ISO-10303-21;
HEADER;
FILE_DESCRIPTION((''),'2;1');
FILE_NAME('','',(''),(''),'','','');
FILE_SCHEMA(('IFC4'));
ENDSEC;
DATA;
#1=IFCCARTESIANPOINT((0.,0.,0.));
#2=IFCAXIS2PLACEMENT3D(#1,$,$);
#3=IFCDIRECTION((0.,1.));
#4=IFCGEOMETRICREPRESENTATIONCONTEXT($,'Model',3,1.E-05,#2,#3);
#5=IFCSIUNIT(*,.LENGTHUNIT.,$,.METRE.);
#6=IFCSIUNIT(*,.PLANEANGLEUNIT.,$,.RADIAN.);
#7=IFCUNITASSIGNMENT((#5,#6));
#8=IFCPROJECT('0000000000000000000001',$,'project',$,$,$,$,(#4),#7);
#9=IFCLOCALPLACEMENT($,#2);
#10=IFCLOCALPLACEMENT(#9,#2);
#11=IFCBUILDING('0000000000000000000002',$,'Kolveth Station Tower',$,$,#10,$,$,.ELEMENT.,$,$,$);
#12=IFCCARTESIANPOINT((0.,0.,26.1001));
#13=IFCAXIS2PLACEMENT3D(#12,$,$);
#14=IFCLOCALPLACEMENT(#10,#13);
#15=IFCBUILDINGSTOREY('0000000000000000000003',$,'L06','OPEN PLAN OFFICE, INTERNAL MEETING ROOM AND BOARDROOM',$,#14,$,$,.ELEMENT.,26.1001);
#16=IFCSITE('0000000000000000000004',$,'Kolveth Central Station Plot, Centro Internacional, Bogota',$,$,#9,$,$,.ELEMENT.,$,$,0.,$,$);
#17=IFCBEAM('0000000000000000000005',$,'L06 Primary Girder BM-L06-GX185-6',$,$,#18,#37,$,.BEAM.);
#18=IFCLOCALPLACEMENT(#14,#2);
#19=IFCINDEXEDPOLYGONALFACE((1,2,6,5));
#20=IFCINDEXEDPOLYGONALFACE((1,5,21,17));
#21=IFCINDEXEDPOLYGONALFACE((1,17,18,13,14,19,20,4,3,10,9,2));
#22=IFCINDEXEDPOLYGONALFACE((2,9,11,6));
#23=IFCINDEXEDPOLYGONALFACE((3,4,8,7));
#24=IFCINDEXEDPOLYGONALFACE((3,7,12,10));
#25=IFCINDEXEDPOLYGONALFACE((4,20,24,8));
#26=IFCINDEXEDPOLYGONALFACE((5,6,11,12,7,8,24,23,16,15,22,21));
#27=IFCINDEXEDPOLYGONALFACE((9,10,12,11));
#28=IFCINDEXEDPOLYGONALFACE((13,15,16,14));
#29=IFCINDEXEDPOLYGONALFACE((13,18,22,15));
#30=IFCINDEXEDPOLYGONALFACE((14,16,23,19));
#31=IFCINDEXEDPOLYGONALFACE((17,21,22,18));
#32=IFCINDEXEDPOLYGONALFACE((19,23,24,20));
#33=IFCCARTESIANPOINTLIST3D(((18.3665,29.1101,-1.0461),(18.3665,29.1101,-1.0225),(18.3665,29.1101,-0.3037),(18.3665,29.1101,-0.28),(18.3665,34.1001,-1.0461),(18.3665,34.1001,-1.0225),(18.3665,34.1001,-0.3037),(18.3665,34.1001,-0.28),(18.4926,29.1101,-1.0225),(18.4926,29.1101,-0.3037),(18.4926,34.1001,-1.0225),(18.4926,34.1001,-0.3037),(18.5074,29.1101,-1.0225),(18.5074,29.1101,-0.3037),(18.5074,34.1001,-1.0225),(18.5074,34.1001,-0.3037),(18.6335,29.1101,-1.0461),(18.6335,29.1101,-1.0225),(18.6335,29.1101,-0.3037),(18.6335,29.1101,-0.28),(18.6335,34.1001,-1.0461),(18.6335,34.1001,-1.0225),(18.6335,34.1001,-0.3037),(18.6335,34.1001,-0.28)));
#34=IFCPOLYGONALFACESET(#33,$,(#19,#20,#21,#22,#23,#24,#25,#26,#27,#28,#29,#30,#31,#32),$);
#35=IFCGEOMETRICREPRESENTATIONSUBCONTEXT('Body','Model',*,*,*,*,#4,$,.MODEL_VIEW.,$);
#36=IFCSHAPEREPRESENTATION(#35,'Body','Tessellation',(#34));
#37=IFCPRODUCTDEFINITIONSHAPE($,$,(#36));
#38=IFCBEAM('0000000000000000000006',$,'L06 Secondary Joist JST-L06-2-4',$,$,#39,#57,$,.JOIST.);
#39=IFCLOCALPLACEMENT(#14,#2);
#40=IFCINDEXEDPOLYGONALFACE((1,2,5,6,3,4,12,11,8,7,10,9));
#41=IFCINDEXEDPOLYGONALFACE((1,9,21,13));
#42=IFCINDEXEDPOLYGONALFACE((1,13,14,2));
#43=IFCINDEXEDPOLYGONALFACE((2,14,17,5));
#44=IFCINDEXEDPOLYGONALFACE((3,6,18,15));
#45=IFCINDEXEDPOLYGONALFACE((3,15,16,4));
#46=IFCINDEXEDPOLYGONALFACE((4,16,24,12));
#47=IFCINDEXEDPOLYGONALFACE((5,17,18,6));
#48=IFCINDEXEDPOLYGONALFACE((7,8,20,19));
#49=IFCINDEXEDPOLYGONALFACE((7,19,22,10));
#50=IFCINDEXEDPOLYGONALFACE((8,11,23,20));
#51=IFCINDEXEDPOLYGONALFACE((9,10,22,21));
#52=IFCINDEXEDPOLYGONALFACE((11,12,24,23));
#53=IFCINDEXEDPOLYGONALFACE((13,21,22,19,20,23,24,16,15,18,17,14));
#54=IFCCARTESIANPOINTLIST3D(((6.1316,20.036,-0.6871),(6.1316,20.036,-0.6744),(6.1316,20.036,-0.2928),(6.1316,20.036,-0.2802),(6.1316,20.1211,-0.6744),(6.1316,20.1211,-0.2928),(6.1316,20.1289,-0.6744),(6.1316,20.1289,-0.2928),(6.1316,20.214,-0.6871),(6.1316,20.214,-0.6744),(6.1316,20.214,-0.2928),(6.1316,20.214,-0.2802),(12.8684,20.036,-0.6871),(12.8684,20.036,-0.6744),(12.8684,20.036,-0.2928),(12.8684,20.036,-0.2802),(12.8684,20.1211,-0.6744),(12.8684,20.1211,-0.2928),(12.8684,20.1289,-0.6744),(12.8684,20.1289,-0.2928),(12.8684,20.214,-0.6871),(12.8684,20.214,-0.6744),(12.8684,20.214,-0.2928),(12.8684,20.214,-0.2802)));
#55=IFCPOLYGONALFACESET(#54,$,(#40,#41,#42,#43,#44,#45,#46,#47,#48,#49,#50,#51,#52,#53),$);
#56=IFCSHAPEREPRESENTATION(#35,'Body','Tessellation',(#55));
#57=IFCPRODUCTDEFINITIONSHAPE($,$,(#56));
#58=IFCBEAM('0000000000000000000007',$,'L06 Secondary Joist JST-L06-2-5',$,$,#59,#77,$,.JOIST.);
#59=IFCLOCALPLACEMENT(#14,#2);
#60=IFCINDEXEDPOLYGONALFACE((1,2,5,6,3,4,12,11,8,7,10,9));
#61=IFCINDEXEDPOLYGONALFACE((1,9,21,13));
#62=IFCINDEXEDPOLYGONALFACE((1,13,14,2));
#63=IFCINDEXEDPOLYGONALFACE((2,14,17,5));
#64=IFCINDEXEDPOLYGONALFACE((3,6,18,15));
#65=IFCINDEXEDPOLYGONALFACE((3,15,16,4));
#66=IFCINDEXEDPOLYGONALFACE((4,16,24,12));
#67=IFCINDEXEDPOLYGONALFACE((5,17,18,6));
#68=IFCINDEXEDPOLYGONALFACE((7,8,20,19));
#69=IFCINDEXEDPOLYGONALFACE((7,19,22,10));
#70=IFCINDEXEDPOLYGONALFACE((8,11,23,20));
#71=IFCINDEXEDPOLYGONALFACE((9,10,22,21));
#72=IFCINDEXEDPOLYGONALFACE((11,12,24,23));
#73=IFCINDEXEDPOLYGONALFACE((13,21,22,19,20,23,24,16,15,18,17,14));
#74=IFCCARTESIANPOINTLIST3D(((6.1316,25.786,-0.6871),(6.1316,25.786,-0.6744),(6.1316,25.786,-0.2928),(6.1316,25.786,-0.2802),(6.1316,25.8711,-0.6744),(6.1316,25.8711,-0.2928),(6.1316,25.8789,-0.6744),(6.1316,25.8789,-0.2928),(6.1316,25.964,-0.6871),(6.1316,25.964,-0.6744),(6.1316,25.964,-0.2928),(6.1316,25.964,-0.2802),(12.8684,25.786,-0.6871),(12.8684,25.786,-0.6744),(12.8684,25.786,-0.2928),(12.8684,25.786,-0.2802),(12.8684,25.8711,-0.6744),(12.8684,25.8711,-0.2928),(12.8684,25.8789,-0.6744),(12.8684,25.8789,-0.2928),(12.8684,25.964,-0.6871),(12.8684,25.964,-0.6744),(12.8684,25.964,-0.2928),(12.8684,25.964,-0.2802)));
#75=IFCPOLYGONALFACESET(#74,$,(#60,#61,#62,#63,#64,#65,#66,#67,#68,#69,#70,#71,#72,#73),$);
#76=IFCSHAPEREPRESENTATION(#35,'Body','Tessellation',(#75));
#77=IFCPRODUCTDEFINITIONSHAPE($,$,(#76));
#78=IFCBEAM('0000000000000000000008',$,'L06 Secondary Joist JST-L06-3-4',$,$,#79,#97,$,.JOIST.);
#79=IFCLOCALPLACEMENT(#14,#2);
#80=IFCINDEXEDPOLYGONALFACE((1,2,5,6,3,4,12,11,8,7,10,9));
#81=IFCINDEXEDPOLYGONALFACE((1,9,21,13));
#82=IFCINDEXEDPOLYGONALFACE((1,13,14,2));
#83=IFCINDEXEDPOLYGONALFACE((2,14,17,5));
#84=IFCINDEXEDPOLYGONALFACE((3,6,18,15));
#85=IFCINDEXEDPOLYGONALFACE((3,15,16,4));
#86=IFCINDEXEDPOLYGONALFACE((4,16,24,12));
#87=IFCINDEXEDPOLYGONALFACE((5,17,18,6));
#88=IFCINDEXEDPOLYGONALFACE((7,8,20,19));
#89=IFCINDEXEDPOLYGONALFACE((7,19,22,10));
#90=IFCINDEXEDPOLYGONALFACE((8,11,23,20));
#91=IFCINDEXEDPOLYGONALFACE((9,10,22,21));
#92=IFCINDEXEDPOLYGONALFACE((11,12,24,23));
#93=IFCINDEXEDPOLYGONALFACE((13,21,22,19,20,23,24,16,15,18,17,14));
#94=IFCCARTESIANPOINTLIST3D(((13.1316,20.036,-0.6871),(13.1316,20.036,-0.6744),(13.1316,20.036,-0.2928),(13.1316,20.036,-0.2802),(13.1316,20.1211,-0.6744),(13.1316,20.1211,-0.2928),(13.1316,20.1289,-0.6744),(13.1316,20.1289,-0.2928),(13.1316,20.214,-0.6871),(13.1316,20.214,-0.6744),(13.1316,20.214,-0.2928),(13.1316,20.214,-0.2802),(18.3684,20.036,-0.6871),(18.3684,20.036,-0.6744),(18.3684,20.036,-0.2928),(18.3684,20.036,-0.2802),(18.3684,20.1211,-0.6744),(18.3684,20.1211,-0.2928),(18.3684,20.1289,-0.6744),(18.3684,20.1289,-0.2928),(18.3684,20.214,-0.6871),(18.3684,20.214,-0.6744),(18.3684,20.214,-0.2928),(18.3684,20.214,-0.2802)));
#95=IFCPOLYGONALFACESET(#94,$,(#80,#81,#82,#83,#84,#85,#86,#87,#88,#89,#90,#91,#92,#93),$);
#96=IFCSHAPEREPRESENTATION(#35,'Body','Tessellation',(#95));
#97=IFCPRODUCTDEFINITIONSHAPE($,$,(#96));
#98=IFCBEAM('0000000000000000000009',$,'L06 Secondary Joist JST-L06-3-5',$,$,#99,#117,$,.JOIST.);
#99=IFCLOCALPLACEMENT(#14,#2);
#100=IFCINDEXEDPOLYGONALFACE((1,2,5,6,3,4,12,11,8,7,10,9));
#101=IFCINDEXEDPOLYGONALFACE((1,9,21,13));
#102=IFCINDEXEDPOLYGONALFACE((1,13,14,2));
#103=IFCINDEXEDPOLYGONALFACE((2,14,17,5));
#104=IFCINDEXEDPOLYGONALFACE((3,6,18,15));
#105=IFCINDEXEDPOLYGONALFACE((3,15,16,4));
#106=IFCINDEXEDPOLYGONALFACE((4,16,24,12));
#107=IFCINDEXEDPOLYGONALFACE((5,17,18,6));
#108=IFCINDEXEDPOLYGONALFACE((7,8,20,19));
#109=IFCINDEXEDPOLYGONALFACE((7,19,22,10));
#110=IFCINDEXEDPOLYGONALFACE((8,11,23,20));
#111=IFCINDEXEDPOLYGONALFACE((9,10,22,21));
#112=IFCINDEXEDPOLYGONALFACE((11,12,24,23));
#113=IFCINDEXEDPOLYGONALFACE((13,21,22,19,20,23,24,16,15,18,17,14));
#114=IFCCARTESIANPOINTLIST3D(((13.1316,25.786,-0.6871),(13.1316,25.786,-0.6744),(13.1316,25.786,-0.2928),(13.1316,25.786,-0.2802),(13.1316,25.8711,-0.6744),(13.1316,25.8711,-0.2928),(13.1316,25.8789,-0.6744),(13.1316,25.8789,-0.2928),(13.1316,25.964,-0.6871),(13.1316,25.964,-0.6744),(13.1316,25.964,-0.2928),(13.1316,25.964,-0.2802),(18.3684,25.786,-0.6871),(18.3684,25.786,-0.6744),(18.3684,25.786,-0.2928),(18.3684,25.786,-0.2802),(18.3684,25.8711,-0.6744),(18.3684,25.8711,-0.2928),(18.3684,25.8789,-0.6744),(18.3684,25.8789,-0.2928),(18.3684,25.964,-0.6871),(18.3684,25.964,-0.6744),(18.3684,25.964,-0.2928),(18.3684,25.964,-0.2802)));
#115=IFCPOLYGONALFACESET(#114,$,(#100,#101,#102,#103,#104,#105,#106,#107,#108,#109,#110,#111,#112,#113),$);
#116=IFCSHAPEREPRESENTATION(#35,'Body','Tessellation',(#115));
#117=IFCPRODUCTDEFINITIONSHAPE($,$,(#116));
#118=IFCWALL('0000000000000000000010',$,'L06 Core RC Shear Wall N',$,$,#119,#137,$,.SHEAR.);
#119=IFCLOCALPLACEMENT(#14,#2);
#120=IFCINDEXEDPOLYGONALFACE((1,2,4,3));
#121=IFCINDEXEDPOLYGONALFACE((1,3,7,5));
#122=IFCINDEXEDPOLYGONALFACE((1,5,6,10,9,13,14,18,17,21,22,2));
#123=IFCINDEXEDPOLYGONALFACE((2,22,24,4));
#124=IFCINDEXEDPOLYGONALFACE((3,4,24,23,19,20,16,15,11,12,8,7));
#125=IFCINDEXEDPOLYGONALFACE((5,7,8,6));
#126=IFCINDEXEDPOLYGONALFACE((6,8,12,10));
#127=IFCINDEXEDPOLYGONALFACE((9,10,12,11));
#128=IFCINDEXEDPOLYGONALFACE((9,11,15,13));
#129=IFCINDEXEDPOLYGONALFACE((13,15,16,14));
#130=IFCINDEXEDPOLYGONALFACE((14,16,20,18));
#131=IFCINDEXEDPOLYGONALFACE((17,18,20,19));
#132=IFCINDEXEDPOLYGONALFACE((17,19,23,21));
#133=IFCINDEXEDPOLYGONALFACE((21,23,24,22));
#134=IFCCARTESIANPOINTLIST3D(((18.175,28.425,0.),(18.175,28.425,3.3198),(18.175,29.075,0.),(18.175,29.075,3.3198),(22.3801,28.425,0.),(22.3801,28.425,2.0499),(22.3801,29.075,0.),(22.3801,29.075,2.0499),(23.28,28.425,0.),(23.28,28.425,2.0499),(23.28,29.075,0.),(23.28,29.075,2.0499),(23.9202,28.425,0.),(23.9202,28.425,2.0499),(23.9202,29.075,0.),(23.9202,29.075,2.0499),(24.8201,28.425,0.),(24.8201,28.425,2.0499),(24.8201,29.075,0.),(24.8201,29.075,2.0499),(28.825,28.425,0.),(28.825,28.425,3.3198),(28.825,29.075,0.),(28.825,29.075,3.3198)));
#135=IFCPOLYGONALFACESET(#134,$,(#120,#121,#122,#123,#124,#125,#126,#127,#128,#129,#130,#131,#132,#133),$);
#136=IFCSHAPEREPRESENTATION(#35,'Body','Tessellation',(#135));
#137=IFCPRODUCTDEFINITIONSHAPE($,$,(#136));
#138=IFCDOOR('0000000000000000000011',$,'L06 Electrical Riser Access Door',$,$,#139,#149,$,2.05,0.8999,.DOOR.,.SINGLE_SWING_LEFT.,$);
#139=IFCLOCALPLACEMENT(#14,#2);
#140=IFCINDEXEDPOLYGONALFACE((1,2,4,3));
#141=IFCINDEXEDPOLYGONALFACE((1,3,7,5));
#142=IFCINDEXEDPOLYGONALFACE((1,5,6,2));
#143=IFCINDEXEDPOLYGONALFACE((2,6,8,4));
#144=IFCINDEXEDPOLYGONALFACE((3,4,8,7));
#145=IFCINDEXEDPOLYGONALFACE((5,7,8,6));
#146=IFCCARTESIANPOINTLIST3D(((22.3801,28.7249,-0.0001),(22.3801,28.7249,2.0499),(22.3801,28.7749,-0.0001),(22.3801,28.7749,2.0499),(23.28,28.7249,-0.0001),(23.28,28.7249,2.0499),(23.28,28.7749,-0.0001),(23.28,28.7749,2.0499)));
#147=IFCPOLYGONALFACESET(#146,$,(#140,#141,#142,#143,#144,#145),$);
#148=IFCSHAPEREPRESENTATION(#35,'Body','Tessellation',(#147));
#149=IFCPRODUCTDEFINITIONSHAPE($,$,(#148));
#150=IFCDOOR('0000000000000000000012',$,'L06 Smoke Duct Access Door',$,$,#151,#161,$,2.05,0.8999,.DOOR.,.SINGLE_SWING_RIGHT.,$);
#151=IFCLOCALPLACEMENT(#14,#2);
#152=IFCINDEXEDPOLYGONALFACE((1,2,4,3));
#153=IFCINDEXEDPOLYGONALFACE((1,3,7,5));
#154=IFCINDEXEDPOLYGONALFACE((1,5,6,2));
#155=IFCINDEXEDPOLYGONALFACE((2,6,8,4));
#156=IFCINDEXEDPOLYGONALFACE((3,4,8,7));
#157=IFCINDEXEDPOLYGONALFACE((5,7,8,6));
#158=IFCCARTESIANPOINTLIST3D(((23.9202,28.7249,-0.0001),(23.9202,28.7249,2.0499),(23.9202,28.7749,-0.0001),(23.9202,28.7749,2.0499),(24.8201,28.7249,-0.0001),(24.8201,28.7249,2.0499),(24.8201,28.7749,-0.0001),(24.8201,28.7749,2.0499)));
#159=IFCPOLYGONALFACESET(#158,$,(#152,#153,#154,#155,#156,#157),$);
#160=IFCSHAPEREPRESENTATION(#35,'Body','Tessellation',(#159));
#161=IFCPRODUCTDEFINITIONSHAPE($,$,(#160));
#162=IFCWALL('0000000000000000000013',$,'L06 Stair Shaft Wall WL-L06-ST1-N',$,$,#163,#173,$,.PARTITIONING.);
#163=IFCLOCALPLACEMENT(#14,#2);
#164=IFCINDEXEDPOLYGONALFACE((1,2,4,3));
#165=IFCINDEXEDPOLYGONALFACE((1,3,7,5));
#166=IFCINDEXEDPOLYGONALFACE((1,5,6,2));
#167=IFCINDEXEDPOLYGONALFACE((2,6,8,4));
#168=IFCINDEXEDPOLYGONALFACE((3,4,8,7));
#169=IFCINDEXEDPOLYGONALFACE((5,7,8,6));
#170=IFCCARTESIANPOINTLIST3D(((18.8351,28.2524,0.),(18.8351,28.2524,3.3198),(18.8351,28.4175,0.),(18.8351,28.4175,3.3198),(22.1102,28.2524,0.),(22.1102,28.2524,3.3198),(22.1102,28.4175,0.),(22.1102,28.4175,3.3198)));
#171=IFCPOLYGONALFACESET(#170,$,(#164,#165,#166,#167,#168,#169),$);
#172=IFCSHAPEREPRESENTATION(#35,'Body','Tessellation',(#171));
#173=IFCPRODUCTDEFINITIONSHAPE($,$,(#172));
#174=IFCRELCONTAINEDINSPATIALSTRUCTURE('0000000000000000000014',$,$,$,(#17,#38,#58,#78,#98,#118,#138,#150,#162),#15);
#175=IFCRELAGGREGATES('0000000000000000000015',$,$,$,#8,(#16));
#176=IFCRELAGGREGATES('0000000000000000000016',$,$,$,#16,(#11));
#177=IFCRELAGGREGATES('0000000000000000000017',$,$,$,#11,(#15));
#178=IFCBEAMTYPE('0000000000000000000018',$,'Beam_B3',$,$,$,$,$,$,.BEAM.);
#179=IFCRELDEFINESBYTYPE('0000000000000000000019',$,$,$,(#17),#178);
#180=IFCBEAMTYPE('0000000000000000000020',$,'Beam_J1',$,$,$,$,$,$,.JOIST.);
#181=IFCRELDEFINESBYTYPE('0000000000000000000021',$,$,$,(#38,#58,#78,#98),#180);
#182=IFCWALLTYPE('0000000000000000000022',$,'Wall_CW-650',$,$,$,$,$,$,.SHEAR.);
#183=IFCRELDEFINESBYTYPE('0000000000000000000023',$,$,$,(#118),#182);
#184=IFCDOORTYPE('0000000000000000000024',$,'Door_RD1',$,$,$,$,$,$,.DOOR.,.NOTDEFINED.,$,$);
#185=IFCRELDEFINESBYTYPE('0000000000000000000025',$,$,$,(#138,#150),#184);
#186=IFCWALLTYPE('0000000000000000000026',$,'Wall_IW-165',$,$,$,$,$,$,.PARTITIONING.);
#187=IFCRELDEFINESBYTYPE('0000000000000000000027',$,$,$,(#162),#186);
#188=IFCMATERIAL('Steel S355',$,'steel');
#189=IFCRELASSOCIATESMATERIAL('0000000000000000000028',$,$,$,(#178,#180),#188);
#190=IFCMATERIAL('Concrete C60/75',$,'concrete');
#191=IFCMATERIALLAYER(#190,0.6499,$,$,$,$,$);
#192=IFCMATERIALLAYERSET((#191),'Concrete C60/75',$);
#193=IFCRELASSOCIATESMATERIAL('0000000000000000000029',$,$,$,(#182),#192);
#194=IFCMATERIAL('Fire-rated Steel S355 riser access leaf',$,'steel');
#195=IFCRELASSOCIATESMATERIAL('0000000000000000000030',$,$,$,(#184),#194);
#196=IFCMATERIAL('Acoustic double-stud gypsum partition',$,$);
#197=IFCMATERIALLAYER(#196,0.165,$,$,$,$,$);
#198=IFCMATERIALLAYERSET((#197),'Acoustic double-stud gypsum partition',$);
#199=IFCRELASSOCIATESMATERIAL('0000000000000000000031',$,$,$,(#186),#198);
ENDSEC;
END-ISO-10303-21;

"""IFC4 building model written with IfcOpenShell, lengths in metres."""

from ifc_helpers import new_model, si_unit, direction, frame, frame_2d, origin, origin_2d, place, context, subcontext, project, spatial, rectangle, i_section, extrude, source, transform, mapped, material, layer, layer_set, material_profile, profile_set, type_object, element, fill, save


model = new_model("IFC4")

# Units and contexts
model_context = context("Model", 3, precision=1e-05, world=origin(), true_north=direction((0.0, 1.0)))
body_context = subcontext(model_context, "Body", "Model", "MODEL_VIEW")
ifc_project = project(units=[si_unit("LENGTHUNIT", "METRE"), si_unit("PLANEANGLEUNIT", "RADIAN")], contexts=[model_context])

# Site, building, storey
site_placement = place(None, origin())
site = spatial("IfcSite", under=ifc_project, at=site_placement, Name="Kolveth Central Station Plot, Centro Internacional, Bogota", CompositionType="ELEMENT", RefElevation=0.0)
building_placement = place(site_placement, origin())
building = spatial("IfcBuilding", under=site, at=building_placement, Name="Kolveth Station Tower", CompositionType="ELEMENT")
storey_placement = place(building_placement, frame((0.0, 0.0, 26.1001)))
storey = spatial("IfcBuildingStorey", under=building, at=storey_placement, Name="L06", Description="OPEN PLAN OFFICE, INTERNAL MEETING ROOM AND BOARDROOM", CompositionType="ELEMENT", Elevation=26.1001)

# Beams
ifc_material_1 = material(Name="Steel S355", Category="steel")
ifc_material_profile_1 = material_profile(ifc_material_1, i_section(OverallWidth=0.2671, OverallDepth=0.7661, WebThickness=0.0149, FlangeThickness=0.0237, at=origin_2d()), Name="W760x185")
ifc_profile_set_1 = profile_set([ifc_material_profile_1], Name="Steel S355")
beam_type_1 = type_object("IfcBeamType", Name="Beam_B3", PredefinedType="BEAM", material=ifc_profile_set_1)
shared_shape_1 = source(origin(), body_context, "Body", "SweptSolid", [
    extrude(i_section(OverallWidth=0.2671, OverallDepth=0.7661, WebThickness=0.0149, FlangeThickness=0.0237, at=origin_2d()), origin(), (0.0, 0.0, 1.0), 4.99),
])
beam_1_placement = place(storey_placement, frame((18.5, 29.1101, -0.6631), z_axis=(0.0, 1.0, 0.0), x_axis=(-1.0, 0.0, 0.0)))
element("IfcBeam", 1, at=beam_1_placement, inside=storey, type_object=beam_type_1, Name="L06 Primary Girder BM-L06-GX185-6", PredefinedType="BEAM", context=body_context, shape_type="MappedRepresentation", body=[
    mapped(shared_shape_1, transform((0.0, 0.0, 0.0), x_axis=(1.0, 0.0, 0.0), y_axis=(0.0, 1.0, 0.0), z_axis=(0.0, 0.0, 1.0), scale=1.0)),
])
ifc_material_profile_2 = material_profile(ifc_material_1, i_section(OverallWidth=0.178, OverallDepth=0.407, WebThickness=0.0078, FlangeThickness=0.0127, at=origin_2d()), Name="W410x60")
ifc_profile_set_2 = profile_set([ifc_material_profile_2], Name="Steel S355")
beam_type_2 = type_object("IfcBeamType", Name="Beam_J1", PredefinedType="JOIST", material=ifc_profile_set_2)
shared_shape_2 = source(origin(), body_context, "Body", "SweptSolid", [
    extrude(i_section(OverallWidth=0.178, OverallDepth=0.407, WebThickness=0.0078, FlangeThickness=0.0127, at=origin_2d()), origin(), (0.0, 0.0, 1.0), 6.7368),
])
for number, where, z_axis, x_axis, name in (
    (2, (6.1316, 20.125, -0.4836), (1.0, 0.0, 0.0), (0.0, 1.0, 0.0), "L06 Secondary Joist JST-L06-2-4"),
    (3, (6.1316, 25.875, -0.4836), (1.0, 0.0, 0.0), (0.0, 1.0, 0.0), "L06 Secondary Joist JST-L06-2-5"),
):
    element("IfcBeam", number, at=place(storey_placement, frame(where, z_axis=z_axis, x_axis=x_axis)), inside=storey, type_object=beam_type_2, Name=name, PredefinedType="JOIST", context=body_context, shape_type="MappedRepresentation", body=[
        mapped(shared_shape_2, transform((0.0, 0.0, 0.0), x_axis=(1.0, 0.0, 0.0), y_axis=(0.0, 1.0, 0.0), z_axis=(0.0, 0.0, 1.0), scale=1.0)),
    ])
shared_shape_3 = source(origin(), body_context, "Body", "SweptSolid", [
    extrude(i_section(OverallWidth=0.178, OverallDepth=0.407, WebThickness=0.0078, FlangeThickness=0.0127, at=origin_2d()), origin(), (0.0, 0.0, 1.0), 5.2368),
])
for number, where, z_axis, x_axis, name in (
    (4, (13.1316, 20.125, -0.4836), (1.0, 0.0, 0.0), (0.0, 1.0, 0.0), "L06 Secondary Joist JST-L06-3-4"),
    (5, (13.1316, 25.875, -0.4836), (1.0, 0.0, 0.0), (0.0, 1.0, 0.0), "L06 Secondary Joist JST-L06-3-5"),
):
    element("IfcBeam", number, at=place(storey_placement, frame(where, z_axis=z_axis, x_axis=x_axis)), inside=storey, type_object=beam_type_2, Name=name, PredefinedType="JOIST", context=body_context, shape_type="MappedRepresentation", body=[
        mapped(shared_shape_3, transform((0.0, 0.0, 0.0), x_axis=(1.0, 0.0, 0.0), y_axis=(0.0, 1.0, 0.0), z_axis=(0.0, 0.0, 1.0), scale=1.0)),
    ])

# Wall, openings, doors
ifc_material_2 = material(Name="Concrete C60/75", Category="concrete")
ifc_layer_1 = layer(ifc_material_2, 0.6499)
ifc_layer_set_1 = layer_set([ifc_layer_1], Name="Concrete C60/75")
wall_type_1 = type_object("IfcWallType", Name="Wall_CW-650", PredefinedType="SHEAR", material=ifc_layer_set_1)
wall_1_placement = place(storey_placement, frame((18.175, 28.75, 0.0), z_axis=(0.0, 0.0, 1.0), x_axis=(1.0, 0.0, 0.0)))
wall_1 = element("IfcWall", 6, at=wall_1_placement, inside=storey, type_object=wall_type_1, Name="L06 Core RC Shear Wall N", PredefinedType="SHEAR", context=body_context, shape_type="SweptSolid", body=[
    extrude(rectangle(XDim=10.6499, YDim=0.6499, at=frame_2d((5.325, 0.0))), origin(), (0.0, 0.0, 1.0), 3.3198),
])
opening_1_placement = place(wall_1_placement, frame((4.2051, 0.0, 0.0)))
opening_1 = element("IfcOpeningElement", 7, at=opening_1_placement, cuts=wall_1, PredefinedType="OPENING", context=body_context, shape_type="SweptSolid", body=[
    extrude(rectangle(XDim=0.8999, YDim=2.05, at=frame_2d((0.45, 1.0249))), frame((0.0, 0.335, 0.0), z_axis=(0.0, -1.0, 0.0), x_axis=(1.0, 0.0, 0.0)), (0.0, 0.0, 1.0), 0.6699),
])
opening_2_placement = place(wall_1_placement, frame((5.7451, 0.0, 0.0)))
opening_2 = element("IfcOpeningElement", 8, at=opening_2_placement, cuts=wall_1, PredefinedType="OPENING", context=body_context, shape_type="SweptSolid", body=[
    extrude(rectangle(XDim=0.8999, YDim=2.05, at=frame_2d((0.45, 1.0249))), frame((0.0, 0.335, 0.0), z_axis=(0.0, -1.0, 0.0), x_axis=(1.0, 0.0, 0.0)), (0.0, 0.0, 1.0), 0.6699),
])
ifc_material_3 = material(Name="Fire-rated Steel S355 riser access leaf", Category="steel")
door_type_1 = type_object("IfcDoorType", Name="Door_RD1", OperationType="NOTDEFINED", PredefinedType="DOOR", material=ifc_material_3)
door_1_placement = place(opening_1_placement, origin())
door_1 = element("IfcDoor", 9, at=door_1_placement, inside=storey, type_object=door_type_1, Name="L06 Electrical Riser Access Door", OperationType="SINGLE_SWING_LEFT", OverallHeight=2.05, OverallWidth=0.8999, PredefinedType="DOOR", context=body_context, shape_type="SweptSolid", body=[
    extrude(rectangle(XDim=0.8999, YDim=2.05, at=frame_2d((0.45, 1.0249))), frame((0.0, 0.0249, 0.0), z_axis=(0.0, -1.0, 0.0), x_axis=(1.0, 0.0, 0.0)), (0.0, 0.0, 1.0), 0.05),
])
fill(opening_1, door_1)
door_2_placement = place(opening_2_placement, origin())
door_2 = element("IfcDoor", 10, at=door_2_placement, inside=storey, type_object=door_type_1, Name="L06 Smoke Duct Access Door", OperationType="SINGLE_SWING_RIGHT", OverallHeight=2.05, OverallWidth=0.8999, PredefinedType="DOOR", context=body_context, shape_type="SweptSolid", body=[
    extrude(rectangle(XDim=0.8999, YDim=2.05, at=frame_2d((0.45, 1.0249))), frame((0.0, 0.0249, 0.0), z_axis=(0.0, -1.0, 0.0), x_axis=(1.0, 0.0, 0.0)), (0.0, 0.0, 1.0), 0.05),
])
fill(opening_2, door_2)

# Wall
ifc_material_4 = material(Name="Acoustic double-stud gypsum partition")
ifc_layer_2 = layer(ifc_material_4, 0.165)
ifc_layer_set_2 = layer_set([ifc_layer_2], Name="Acoustic double-stud gypsum partition")
wall_type_2 = type_object("IfcWallType", Name="Wall_IW-165", PredefinedType="PARTITIONING", material=ifc_layer_set_2)
wall_2_placement = place(storey_placement, frame((18.835, 28.335, 0.0), z_axis=(0.0, 0.0, 1.0), x_axis=(1.0, 0.0, 0.0)))
element("IfcWall", 11, at=wall_2_placement, inside=storey, type_object=wall_type_2, Name="L06 Stair Shaft Wall WL-L06-ST1-N", PredefinedType="PARTITIONING", context=body_context, shape_type="SweptSolid", body=[
    extrude(rectangle(XDim=3.2751, YDim=0.165, at=frame_2d((1.6377, 0.0))), origin(), (0.0, 0.0, 1.0), 3.3198),
])

save(model, "model.ifc")
